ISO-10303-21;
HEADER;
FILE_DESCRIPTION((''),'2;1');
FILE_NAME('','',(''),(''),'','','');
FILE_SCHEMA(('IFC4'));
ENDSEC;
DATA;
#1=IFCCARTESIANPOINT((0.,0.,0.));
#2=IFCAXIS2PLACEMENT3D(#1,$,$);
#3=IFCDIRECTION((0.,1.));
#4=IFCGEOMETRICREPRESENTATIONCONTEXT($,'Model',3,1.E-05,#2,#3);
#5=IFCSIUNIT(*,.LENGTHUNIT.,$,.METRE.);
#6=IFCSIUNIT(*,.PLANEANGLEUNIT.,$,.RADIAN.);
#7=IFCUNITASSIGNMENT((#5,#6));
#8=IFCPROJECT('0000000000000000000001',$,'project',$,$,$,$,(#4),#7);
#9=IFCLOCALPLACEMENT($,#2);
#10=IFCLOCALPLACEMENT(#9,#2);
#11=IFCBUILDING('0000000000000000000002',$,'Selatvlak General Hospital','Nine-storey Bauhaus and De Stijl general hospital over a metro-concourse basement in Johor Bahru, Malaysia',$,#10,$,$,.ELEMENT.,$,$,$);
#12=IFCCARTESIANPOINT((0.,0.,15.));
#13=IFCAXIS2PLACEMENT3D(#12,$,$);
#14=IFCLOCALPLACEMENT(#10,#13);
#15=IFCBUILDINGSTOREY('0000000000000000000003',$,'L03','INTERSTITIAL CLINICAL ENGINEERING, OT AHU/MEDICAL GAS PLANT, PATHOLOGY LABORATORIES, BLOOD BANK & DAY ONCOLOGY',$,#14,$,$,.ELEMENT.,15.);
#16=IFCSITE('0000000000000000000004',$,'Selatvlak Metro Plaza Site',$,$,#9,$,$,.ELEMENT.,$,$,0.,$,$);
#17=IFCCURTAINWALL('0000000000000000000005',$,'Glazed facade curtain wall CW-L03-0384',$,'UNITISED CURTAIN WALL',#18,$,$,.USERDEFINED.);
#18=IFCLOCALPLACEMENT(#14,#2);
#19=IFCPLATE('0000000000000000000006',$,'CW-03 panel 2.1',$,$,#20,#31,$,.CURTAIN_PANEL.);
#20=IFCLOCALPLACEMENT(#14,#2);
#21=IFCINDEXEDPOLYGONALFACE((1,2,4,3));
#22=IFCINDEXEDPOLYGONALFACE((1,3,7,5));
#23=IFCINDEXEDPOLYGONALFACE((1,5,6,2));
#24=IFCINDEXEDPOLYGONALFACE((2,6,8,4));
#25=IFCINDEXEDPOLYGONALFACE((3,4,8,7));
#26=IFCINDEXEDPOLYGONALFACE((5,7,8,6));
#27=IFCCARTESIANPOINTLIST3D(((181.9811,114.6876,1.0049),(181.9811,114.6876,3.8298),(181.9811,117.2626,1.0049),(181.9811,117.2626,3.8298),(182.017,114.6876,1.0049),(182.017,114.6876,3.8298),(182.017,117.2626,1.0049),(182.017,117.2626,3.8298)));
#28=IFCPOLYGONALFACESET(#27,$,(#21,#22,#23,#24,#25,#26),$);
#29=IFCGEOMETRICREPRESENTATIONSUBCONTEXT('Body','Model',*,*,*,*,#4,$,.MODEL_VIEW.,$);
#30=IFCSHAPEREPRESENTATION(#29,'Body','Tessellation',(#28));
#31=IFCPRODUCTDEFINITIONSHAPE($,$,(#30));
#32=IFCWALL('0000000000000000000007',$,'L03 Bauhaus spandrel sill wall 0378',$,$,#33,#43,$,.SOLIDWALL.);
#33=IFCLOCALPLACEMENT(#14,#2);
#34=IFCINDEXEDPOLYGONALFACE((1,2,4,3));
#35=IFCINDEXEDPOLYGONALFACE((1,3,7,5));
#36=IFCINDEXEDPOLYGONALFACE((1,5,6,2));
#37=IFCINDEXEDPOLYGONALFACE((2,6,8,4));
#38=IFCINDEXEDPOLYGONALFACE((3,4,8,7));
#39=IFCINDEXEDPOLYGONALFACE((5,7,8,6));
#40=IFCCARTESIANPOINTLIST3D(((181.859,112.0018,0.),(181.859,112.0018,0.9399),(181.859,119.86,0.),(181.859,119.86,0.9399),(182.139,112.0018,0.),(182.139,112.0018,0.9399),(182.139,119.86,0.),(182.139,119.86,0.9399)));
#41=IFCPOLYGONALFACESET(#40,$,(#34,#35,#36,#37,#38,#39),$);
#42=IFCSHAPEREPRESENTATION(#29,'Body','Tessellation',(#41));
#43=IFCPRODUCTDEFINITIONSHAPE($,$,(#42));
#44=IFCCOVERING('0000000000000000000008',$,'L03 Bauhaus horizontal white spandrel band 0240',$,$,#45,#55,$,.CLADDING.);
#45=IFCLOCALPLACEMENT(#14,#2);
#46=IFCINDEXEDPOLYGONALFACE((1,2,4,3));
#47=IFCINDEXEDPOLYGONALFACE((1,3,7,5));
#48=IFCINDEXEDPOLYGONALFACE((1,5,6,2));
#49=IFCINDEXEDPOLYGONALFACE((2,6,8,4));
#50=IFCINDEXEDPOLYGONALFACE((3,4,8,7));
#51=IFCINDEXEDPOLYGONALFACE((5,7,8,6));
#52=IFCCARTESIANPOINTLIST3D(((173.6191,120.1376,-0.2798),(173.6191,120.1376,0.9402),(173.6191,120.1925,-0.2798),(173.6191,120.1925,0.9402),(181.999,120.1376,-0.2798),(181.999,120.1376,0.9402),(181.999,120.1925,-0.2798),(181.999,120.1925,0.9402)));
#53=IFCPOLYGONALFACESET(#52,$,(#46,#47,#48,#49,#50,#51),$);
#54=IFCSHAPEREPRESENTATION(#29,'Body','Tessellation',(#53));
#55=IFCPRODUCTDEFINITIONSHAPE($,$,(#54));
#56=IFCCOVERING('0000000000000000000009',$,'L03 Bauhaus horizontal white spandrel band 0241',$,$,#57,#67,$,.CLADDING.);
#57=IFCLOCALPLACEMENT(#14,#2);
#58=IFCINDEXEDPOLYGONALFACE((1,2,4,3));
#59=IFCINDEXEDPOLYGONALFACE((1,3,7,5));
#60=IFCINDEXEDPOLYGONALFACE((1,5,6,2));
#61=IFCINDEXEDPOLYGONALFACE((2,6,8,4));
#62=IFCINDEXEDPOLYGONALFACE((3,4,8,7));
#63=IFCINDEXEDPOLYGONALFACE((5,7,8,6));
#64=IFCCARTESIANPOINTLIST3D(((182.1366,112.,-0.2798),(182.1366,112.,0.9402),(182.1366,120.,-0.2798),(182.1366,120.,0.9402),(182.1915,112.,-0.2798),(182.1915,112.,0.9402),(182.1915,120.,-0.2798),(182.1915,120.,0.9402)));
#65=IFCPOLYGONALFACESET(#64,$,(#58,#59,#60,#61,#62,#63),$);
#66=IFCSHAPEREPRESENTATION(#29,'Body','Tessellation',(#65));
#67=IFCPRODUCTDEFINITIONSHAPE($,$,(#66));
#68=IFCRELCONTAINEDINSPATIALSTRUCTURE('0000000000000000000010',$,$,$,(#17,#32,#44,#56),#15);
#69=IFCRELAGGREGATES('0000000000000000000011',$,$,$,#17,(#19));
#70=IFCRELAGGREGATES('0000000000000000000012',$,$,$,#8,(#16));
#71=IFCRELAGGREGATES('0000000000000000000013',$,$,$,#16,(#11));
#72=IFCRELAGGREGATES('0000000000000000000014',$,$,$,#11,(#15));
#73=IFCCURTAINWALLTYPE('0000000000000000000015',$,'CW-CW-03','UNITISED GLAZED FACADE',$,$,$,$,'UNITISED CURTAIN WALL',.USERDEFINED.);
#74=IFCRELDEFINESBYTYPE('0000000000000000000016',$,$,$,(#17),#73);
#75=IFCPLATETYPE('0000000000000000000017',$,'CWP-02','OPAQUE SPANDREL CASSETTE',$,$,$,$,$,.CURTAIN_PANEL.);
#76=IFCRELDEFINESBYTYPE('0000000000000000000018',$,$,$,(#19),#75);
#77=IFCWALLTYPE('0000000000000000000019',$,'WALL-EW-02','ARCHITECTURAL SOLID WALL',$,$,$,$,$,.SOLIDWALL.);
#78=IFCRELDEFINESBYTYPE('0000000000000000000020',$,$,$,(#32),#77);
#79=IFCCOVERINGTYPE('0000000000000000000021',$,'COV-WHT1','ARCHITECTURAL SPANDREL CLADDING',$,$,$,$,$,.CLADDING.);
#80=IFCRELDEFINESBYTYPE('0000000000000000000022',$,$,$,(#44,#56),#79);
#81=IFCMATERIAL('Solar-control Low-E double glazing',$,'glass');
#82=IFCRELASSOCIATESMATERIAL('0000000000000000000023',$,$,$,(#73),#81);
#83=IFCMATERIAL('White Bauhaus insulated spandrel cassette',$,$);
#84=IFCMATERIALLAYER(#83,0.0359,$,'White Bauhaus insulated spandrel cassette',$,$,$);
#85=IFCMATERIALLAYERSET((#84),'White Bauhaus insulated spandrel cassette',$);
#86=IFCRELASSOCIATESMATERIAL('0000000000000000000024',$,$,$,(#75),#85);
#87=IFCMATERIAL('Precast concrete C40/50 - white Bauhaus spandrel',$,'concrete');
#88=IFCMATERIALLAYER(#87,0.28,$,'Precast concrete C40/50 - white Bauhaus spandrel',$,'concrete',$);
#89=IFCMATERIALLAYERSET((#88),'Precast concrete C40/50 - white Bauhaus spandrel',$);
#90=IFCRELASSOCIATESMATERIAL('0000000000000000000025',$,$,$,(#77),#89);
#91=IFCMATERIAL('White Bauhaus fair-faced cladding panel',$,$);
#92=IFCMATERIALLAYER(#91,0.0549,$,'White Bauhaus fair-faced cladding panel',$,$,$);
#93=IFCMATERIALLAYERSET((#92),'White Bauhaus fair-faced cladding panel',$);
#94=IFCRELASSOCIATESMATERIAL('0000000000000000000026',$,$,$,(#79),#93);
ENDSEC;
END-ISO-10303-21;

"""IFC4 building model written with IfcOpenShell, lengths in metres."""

from ifc_helpers import new_model, si_unit, direction, frame, frame_2d, origin, origin_2d, place, context, subcontext, project, spatial, rectangle, extrude, material, layer, layer_set, type_object, element, aggregate, save


model = new_model("IFC4")

# Units and contexts
model_context = context("Model", 3, precision=1e-05, world=origin(), true_north=direction((0.0, 1.0)))
body_context = subcontext(model_context, "Body", "Model", "MODEL_VIEW")
ifc_project = project(units=[si_unit("LENGTHUNIT", "METRE"), si_unit("PLANEANGLEUNIT", "RADIAN")], contexts=[model_context])

# Site, building, storey
site_placement = place(None, origin())
site = spatial("IfcSite", under=ifc_project, at=site_placement, Name="Selatvlak Metro Plaza Site", CompositionType="ELEMENT", RefElevation=0.0)
building_placement = place(site_placement, origin())
building = spatial("IfcBuilding", under=site, at=building_placement, Name="Selatvlak General Hospital", Description="Nine-storey Bauhaus and De Stijl general hospital over a metro-concourse basement in Johor Bahru, Malaysia", CompositionType="ELEMENT")
storey_placement = place(building_placement, frame((0.0, 0.0, 15.0)))
storey = spatial("IfcBuildingStorey", under=building, at=storey_placement, Name="L03", Description="INTERSTITIAL CLINICAL ENGINEERING, OT AHU/MEDICAL GAS PLANT, PATHOLOGY LABORATORIES, BLOOD BANK & DAY ONCOLOGY", CompositionType="ELEMENT", Elevation=15.0)

# Curtain wall
ifc_material_1 = material(Name="Solar-control Low-E double glazing", Category="glass")
curtain_wall_type_1 = type_object("IfcCurtainWallType", Name="CW-CW-03", Description="UNITISED GLAZED FACADE", ElementType="UNITISED CURTAIN WALL", PredefinedType="USERDEFINED", material=ifc_material_1)
curtain_wall_1_placement = place(storey_placement, origin())
curtain_wall_1 = element("IfcCurtainWall", 1, at=curtain_wall_1_placement, inside=storey, type_object=curtain_wall_type_1, Name="Glazed facade curtain wall CW-L03-0384", ObjectType="UNITISED CURTAIN WALL", PredefinedType="USERDEFINED")

# Plate
ifc_material_2 = material(Name="White Bauhaus insulated spandrel cassette")
ifc_layer_1 = layer(ifc_material_2, 0.0359, Name="White Bauhaus insulated spandrel cassette")
ifc_layer_set_1 = layer_set([ifc_layer_1], Name="White Bauhaus insulated spandrel cassette")
plate_type_1 = type_object("IfcPlateType", Name="CWP-02", Description="OPAQUE SPANDREL CASSETTE", PredefinedType="CURTAIN_PANEL", material=ifc_layer_set_1)
plate_1_placement = place(storey_placement, frame((181.999, 115.9751, 1.0049), z_axis=(0.0, 0.0, 1.0), x_axis=(0.0, -1.0, 0.0)))
plate_1 = element("IfcPlate", 2, at=plate_1_placement, type_object=plate_type_1, Name="CW-03 panel 2.1", PredefinedType="CURTAIN_PANEL", context=body_context, shape_type="SweptSolid", body=[
    extrude(rectangle(XDim=2.575, YDim=0.0359, at=origin_2d()), origin(), (0.0, 0.0, 1.0), 2.825),
])
aggregate(curtain_wall_1, [plate_1])

# Wall
ifc_material_3 = material(Name="Precast concrete C40/50 - white Bauhaus spandrel", Category="concrete")
ifc_layer_2 = layer(ifc_material_3, 0.28, Name="Precast concrete C40/50 - white Bauhaus spandrel", Category="concrete")
ifc_layer_set_2 = layer_set([ifc_layer_2], Name="Precast concrete C40/50 - white Bauhaus spandrel")
wall_type = type_object("IfcWallType", Name="WALL-EW-02", Description="ARCHITECTURAL SOLID WALL", PredefinedType="SOLIDWALL", material=ifc_layer_set_2)
wall_placement = place(storey_placement, frame((181.999, 119.8601, 0.0), z_axis=(0.0, 0.0, 1.0), x_axis=(0.0, -1.0, 0.0)))
element("IfcWall", 3, at=wall_placement, inside=storey, type_object=wall_type, Name="L03 Bauhaus spandrel sill wall 0378", PredefinedType="SOLIDWALL", context=body_context, shape_type="SweptSolid", body=[
    extrude(rectangle(XDim=7.8582, YDim=0.28, at=frame_2d((3.9292, 0.0))), origin(), (0.0, 0.0, 1.0), 0.9399),
])

# Coverings
ifc_material_4 = material(Name="White Bauhaus fair-faced cladding panel")
ifc_layer_3 = layer(ifc_material_4, 0.0549, Name="White Bauhaus fair-faced cladding panel")
ifc_layer_set_3 = layer_set([ifc_layer_3], Name="White Bauhaus fair-faced cladding panel")
covering_type = type_object("IfcCoveringType", Name="COV-WHT1", Description="ARCHITECTURAL SPANDREL CLADDING", PredefinedType="CLADDING", material=ifc_layer_set_3)
covering_1_placement = place(storey_placement, frame((177.8091, 120.165, -0.2798), z_axis=(0.0, 0.0, 1.0), x_axis=(1.0, 0.0, 0.0)))
element("IfcCovering", 4, at=covering_1_placement, inside=storey, type_object=covering_type, Name="L03 Bauhaus horizontal white spandrel band 0240", PredefinedType="CLADDING", context=body_context, shape_type="SweptSolid", body=[
    extrude(rectangle(XDim=8.3799, YDim=0.0549, at=origin_2d()), origin(), (0.0, 0.0, 1.0), 1.22),
])
covering_2_placement = place(storey_placement, frame((182.1641, 116.0, -0.2798), z_axis=(0.0, 0.0, 1.0), x_axis=(0.0, -1.0, 0.0)))
element("IfcCovering", 5, at=covering_2_placement, inside=storey, type_object=covering_type, Name="L03 Bauhaus horizontal white spandrel band 0241", PredefinedType="CLADDING", context=body_context, shape_type="SweptSolid", body=[
    extrude(rectangle(XDim=8.0, YDim=0.0549, at=origin_2d()), origin(), (0.0, 0.0, 1.0), 1.22),
])

save(model, "model.ifc")
